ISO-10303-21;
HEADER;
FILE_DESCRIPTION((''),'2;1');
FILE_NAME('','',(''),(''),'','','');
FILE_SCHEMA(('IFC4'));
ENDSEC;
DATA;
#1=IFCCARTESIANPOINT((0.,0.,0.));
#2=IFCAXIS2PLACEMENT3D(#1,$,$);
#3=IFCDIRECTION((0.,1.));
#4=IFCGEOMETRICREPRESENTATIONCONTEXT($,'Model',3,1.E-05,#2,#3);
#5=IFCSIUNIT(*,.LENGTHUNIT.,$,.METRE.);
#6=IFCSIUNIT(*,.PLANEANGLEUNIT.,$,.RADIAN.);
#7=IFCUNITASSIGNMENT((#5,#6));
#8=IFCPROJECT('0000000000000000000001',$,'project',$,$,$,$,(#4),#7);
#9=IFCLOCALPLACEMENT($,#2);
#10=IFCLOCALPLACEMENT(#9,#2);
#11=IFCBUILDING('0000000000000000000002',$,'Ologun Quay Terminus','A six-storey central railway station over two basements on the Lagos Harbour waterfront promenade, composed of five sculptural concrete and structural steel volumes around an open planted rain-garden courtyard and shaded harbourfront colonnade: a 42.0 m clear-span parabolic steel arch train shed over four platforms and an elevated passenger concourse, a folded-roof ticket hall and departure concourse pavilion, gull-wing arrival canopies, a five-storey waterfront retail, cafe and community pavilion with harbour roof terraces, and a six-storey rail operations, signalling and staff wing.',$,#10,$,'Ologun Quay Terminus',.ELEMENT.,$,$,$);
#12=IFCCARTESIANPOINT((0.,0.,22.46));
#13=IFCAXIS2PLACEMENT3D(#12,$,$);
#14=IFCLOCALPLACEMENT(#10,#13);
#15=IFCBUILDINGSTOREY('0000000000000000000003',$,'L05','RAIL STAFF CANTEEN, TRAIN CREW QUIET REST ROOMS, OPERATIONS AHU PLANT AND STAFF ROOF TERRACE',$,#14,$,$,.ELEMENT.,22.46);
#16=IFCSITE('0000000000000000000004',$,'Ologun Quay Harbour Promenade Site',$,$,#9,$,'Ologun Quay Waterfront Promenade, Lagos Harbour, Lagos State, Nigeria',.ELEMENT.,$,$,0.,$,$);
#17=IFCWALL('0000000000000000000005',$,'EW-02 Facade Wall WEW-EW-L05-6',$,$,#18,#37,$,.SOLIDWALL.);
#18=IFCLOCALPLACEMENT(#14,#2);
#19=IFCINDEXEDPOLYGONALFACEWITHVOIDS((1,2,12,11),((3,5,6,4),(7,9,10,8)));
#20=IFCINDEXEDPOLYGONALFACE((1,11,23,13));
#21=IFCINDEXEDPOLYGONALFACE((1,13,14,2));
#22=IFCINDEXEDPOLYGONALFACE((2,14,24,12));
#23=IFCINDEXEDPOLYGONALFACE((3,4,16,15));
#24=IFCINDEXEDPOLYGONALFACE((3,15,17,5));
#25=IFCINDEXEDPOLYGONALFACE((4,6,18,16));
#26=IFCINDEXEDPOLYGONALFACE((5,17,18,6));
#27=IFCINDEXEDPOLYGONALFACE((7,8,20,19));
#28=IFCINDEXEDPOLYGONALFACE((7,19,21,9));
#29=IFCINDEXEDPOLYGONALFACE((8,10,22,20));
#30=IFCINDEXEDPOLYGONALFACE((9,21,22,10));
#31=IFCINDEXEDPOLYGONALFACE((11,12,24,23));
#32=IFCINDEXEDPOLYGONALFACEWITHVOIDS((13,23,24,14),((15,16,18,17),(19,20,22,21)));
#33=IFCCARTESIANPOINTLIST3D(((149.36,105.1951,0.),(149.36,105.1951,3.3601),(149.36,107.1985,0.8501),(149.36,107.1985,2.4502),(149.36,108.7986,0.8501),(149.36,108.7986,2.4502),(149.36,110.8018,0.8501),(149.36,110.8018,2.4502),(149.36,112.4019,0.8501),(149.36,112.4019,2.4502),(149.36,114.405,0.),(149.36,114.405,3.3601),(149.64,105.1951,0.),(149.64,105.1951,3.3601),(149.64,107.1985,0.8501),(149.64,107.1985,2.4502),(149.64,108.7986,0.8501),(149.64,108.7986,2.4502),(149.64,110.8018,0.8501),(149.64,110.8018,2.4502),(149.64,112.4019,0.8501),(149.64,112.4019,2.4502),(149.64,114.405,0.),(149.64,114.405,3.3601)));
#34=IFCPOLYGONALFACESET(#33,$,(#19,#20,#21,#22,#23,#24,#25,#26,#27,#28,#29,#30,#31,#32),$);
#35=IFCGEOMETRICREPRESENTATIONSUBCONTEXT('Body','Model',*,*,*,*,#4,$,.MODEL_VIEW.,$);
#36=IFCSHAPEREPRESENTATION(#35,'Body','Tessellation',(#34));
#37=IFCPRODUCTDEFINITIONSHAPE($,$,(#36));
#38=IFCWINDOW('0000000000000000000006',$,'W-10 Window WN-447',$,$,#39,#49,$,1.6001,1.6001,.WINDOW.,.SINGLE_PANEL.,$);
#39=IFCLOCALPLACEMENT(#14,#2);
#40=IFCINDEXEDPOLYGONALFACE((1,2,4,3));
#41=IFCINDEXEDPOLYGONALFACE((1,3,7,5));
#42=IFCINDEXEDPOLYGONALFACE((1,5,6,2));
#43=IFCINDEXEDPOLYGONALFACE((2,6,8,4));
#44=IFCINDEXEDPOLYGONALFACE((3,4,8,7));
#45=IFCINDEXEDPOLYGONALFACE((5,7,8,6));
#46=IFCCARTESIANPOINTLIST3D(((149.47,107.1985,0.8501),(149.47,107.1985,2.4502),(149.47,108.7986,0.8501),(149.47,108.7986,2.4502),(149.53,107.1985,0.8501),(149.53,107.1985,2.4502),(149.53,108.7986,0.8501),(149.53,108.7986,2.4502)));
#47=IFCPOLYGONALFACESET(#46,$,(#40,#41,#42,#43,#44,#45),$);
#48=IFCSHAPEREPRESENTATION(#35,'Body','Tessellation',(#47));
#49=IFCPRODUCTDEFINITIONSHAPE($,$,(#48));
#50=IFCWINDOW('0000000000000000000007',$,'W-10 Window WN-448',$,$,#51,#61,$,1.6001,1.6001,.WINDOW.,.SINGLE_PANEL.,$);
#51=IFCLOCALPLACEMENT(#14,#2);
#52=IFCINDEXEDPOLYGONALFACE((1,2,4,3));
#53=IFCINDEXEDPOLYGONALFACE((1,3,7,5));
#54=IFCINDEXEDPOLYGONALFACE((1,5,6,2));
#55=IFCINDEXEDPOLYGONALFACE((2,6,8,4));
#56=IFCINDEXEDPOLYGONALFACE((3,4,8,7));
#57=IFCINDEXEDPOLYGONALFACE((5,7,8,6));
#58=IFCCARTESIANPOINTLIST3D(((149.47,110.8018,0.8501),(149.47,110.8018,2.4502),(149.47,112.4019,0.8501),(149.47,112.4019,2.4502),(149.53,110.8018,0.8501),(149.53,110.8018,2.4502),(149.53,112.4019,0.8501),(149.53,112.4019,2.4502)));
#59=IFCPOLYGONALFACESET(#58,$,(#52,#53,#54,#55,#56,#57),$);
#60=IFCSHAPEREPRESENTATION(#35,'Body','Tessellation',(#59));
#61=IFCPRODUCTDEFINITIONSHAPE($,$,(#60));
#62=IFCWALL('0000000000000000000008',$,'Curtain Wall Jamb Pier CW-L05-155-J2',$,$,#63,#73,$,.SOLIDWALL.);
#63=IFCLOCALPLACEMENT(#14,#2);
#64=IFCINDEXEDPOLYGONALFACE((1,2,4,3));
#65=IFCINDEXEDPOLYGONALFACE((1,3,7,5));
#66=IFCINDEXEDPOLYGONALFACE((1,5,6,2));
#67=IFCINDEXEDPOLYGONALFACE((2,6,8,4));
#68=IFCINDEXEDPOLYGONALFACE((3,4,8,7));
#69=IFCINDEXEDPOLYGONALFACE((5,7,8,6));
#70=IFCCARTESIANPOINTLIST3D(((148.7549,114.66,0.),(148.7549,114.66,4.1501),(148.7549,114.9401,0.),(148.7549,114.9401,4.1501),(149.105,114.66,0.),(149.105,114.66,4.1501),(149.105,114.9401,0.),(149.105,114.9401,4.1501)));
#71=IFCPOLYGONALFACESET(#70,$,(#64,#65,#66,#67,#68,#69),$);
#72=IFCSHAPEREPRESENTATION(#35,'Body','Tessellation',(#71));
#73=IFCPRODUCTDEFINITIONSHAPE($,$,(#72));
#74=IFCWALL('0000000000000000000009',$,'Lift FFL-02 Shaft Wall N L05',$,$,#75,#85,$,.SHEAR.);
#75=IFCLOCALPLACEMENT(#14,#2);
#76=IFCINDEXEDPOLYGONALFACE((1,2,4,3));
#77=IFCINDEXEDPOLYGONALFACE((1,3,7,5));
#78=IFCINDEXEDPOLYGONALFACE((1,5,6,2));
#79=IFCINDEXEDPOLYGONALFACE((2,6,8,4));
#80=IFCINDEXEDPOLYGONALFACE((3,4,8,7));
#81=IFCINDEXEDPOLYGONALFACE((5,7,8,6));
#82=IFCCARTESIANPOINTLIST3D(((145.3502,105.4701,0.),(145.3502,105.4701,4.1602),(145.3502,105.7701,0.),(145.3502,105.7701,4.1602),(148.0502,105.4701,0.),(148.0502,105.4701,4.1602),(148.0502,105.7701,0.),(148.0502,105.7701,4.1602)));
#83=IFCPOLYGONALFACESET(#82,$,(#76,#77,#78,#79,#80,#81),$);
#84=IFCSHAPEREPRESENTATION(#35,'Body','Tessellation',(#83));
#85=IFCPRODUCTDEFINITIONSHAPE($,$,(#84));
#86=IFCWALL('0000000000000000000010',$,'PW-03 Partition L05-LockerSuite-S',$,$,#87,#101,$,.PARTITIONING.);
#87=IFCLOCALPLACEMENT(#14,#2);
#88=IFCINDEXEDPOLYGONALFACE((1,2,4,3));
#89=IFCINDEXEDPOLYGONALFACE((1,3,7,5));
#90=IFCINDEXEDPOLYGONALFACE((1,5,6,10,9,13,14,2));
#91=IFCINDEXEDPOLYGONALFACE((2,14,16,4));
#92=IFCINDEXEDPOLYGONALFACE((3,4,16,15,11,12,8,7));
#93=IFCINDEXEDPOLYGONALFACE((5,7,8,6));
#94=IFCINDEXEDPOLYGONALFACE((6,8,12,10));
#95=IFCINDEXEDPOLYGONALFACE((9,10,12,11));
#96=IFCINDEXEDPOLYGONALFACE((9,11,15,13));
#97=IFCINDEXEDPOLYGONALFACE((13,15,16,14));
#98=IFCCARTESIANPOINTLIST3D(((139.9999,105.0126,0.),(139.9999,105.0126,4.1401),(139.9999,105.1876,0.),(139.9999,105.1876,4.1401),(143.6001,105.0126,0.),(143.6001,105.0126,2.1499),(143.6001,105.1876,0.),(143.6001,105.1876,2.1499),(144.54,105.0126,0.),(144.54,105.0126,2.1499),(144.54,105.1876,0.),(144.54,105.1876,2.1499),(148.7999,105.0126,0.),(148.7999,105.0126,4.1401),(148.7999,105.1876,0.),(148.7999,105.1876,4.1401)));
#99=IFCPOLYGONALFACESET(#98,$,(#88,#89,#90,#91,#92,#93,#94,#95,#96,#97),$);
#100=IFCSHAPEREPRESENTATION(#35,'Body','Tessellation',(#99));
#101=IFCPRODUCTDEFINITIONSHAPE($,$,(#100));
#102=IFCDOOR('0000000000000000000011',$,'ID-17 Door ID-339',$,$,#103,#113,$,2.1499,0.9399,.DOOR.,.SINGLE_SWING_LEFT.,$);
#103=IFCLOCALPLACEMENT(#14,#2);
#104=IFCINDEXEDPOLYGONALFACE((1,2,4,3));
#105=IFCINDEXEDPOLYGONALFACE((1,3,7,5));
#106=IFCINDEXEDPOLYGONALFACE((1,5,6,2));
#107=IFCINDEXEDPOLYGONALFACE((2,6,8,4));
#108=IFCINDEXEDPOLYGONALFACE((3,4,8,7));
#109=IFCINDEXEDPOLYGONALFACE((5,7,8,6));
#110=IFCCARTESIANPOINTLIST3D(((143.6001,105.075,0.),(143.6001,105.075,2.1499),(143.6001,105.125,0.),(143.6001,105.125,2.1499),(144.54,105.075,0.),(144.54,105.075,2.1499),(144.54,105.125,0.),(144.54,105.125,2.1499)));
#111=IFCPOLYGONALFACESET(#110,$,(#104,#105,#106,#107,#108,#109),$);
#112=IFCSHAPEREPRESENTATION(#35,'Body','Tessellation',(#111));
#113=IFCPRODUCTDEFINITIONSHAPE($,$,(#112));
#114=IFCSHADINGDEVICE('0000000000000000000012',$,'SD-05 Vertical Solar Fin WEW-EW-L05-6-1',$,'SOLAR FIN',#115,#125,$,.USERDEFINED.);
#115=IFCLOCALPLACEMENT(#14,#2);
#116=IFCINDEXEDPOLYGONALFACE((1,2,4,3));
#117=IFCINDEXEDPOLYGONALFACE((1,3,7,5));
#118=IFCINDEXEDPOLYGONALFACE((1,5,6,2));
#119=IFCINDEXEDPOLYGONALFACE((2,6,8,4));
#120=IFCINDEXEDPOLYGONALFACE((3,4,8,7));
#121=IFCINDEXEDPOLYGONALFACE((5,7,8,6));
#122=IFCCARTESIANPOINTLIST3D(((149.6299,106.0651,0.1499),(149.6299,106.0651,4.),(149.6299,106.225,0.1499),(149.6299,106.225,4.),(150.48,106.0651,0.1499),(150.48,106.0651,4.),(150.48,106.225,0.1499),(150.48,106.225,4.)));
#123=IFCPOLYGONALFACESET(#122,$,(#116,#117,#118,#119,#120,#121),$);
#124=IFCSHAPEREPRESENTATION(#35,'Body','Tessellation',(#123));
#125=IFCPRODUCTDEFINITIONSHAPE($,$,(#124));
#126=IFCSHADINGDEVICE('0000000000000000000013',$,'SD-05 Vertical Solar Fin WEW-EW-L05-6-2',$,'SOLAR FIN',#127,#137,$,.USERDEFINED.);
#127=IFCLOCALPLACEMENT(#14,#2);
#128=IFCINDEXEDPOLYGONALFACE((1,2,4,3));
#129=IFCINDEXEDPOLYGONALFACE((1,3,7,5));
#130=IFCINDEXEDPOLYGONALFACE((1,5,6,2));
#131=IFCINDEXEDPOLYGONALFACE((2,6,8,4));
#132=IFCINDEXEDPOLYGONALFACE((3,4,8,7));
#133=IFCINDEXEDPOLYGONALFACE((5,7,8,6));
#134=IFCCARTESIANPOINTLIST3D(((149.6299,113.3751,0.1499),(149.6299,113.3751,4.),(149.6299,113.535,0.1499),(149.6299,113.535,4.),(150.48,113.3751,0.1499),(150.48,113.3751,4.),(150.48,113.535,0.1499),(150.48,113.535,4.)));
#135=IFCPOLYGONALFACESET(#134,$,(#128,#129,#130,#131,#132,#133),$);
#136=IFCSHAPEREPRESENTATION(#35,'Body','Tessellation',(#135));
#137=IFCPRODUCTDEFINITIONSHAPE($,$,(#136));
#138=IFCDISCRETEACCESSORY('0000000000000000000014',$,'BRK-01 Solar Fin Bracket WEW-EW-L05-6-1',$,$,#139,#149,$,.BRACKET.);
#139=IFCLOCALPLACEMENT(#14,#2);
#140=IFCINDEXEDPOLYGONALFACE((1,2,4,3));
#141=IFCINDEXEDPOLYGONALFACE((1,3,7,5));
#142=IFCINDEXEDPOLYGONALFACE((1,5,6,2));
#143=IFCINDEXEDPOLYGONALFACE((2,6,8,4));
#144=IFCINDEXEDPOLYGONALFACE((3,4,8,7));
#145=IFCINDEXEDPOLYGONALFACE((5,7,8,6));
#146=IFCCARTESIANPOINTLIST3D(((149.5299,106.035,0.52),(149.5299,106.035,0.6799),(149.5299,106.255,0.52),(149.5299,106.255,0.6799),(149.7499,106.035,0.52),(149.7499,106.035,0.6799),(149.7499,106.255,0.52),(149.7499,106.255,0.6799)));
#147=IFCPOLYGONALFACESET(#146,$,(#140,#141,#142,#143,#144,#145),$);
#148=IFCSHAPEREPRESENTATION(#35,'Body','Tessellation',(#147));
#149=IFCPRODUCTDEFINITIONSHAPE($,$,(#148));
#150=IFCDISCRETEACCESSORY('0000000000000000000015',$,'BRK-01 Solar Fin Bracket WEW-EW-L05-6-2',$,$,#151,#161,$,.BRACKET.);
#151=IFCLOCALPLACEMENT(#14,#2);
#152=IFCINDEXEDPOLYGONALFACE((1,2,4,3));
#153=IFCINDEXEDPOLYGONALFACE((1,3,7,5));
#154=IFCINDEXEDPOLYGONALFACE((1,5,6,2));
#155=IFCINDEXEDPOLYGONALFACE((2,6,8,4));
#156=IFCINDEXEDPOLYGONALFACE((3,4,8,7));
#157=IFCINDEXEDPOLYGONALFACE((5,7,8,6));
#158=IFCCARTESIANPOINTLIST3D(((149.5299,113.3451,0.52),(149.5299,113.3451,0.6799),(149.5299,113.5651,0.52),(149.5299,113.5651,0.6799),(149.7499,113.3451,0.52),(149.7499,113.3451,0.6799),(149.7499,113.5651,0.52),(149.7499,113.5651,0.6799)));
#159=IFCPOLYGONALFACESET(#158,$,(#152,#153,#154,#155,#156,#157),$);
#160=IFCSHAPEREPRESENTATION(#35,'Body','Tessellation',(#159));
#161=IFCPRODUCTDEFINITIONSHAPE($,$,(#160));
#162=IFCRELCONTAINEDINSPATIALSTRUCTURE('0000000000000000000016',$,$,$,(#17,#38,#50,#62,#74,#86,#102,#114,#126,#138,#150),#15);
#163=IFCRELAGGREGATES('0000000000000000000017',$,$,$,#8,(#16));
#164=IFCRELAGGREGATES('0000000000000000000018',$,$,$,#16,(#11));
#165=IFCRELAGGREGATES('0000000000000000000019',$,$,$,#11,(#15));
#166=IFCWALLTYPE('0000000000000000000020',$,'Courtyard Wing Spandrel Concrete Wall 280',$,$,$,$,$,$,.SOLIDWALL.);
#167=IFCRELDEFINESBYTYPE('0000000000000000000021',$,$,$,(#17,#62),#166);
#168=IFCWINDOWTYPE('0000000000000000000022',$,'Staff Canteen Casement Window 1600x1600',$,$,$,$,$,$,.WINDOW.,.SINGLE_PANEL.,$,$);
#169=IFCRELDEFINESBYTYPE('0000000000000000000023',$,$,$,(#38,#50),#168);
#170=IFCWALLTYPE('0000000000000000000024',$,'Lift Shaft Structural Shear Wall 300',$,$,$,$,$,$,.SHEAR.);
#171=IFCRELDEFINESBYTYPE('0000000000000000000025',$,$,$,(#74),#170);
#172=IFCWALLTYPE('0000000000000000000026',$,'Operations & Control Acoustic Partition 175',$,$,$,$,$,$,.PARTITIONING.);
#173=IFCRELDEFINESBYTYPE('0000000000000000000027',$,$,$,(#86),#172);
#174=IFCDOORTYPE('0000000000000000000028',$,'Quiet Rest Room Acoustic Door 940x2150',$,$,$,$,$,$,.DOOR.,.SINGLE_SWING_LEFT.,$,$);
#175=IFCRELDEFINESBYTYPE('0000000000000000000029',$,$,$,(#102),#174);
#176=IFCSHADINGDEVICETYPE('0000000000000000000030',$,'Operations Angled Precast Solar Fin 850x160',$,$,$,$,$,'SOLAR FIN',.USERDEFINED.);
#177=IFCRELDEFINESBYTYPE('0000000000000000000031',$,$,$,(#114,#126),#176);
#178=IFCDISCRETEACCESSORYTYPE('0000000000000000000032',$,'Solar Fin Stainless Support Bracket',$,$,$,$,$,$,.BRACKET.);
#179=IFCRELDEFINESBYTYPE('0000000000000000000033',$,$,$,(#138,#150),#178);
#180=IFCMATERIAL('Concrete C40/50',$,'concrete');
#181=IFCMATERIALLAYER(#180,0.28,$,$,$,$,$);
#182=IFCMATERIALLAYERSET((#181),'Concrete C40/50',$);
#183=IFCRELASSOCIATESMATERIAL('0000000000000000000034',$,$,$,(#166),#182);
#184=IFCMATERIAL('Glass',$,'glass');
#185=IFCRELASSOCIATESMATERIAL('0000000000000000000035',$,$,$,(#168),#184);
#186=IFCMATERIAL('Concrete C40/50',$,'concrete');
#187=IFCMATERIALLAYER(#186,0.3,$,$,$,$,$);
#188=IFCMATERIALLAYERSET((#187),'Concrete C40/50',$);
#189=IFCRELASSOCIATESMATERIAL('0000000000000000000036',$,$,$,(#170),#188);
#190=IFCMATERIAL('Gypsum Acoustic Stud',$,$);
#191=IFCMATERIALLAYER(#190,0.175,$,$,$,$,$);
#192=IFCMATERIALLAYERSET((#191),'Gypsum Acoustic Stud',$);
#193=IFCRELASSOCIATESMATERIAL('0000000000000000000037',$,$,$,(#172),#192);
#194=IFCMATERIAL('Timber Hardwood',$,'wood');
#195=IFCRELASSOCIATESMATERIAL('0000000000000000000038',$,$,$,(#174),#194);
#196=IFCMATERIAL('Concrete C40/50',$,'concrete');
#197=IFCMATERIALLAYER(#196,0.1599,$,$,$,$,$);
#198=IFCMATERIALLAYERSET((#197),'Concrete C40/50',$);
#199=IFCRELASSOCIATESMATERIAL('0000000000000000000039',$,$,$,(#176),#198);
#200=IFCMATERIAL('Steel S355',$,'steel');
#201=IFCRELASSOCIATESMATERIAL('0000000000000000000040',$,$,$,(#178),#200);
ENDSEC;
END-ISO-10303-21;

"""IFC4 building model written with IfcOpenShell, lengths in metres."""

from ifc_helpers import new_model, si_unit, direction, frame, frame_2d, origin, origin_2d, place, context, subcontext, project, spatial, rectangle, extrude, material, layer, layer_set, type_object, element, fill, save


model = new_model("IFC4")

# Units and contexts
model_context = context("Model", 3, precision=1e-05, world=origin(), true_north=direction((0.0, 1.0)))
body_context = subcontext(model_context, "Body", "Model", "MODEL_VIEW")
ifc_project = project(units=[si_unit("LENGTHUNIT", "METRE"), si_unit("PLANEANGLEUNIT", "RADIAN")], contexts=[model_context])

# Site, building, storey
site_placement = place(None, origin())
site = spatial("IfcSite", under=ifc_project, at=site_placement, Name="Ologun Quay Harbour Promenade Site", LongName="Ologun Quay Waterfront Promenade, Lagos Harbour, Lagos State, Nigeria", CompositionType="ELEMENT", RefElevation=0.0)
building_placement = place(site_placement, origin())
building = spatial("IfcBuilding", under=site, at=building_placement, Name="Ologun Quay Terminus", Description="A six-storey central railway station over two basements on the Lagos Harbour waterfront promenade, composed of five sculptural concrete and structural steel volumes around an open planted rain-garden courtyard and shaded harbourfront colonnade: a 42.0 m clear-span parabolic steel arch train shed over four platforms and an elevated passenger concourse, a folded-roof ticket hall and departure concourse pavilion, gull-wing arrival canopies, a five-storey waterfront retail, cafe and community pavilion with harbour roof terraces, and a six-storey rail operations, signalling and staff wing.", LongName="Ologun Quay Terminus", CompositionType="ELEMENT")
storey_placement = place(building_placement, frame((0.0, 0.0, 22.46)))
storey = spatial("IfcBuildingStorey", under=building, at=storey_placement, Name="L05", Description="RAIL STAFF CANTEEN, TRAIN CREW QUIET REST ROOMS, OPERATIONS AHU PLANT AND STAFF ROOF TERRACE", CompositionType="ELEMENT", Elevation=22.46)

# Wall, openings, windows
ifc_material_1 = material(Name="Concrete C40/50", Category="concrete")
ifc_layer_1 = layer(ifc_material_1, 0.28)
ifc_layer_set_1 = layer_set([ifc_layer_1], Name="Concrete C40/50")
wall_type_1 = type_object("IfcWallType", Name="Courtyard Wing Spandrel Concrete Wall 280", PredefinedType="SOLIDWALL", material=ifc_layer_set_1)
wall_1_placement = place(storey_placement, frame((149.5, 105.1951, 0.0), z_axis=(0.0, 0.0, 1.0), x_axis=(0.0, 1.0, 0.0)))
wall_1 = element("IfcWall", 1, at=wall_1_placement, inside=storey, type_object=wall_type_1, Name="EW-02 Facade Wall WEW-EW-L05-6", PredefinedType="SOLIDWALL", context=body_context, shape_type="SweptSolid", body=[
    extrude(rectangle(XDim=9.21, YDim=0.28, at=frame_2d((4.605, 0.0))), origin(), (0.0, 0.0, 1.0), 3.3601),
])
opening_1_placement = place(wall_1_placement, frame((2.0034, 0.0, 0.8501)))
opening_1 = element("IfcOpeningElement", 2, at=opening_1_placement, cuts=wall_1, PredefinedType="OPENING", context=body_context, shape_type="SweptSolid", body=[
    extrude(rectangle(XDim=1.6001, YDim=1.6001, at=frame_2d((0.8, 0.8))), frame((0.0, 0.1499, 0.0), z_axis=(0.0, -1.0, 0.0), x_axis=(1.0, 0.0, 0.0)), (0.0, 0.0, 1.0), 0.3),
])
opening_2_placement = place(wall_1_placement, frame((5.6067, 0.0, 0.8501)))
opening_2 = element("IfcOpeningElement", 3, at=opening_2_placement, cuts=wall_1, PredefinedType="OPENING", context=body_context, shape_type="SweptSolid", body=[
    extrude(rectangle(XDim=1.6001, YDim=1.6001, at=frame_2d((0.8, 0.8))), frame((0.0, 0.1499, 0.0), z_axis=(0.0, -1.0, 0.0), x_axis=(1.0, 0.0, 0.0)), (0.0, 0.0, 1.0), 0.3),
])
ifc_material_2 = material(Name="Glass", Category="glass")
window_type = type_object("IfcWindowType", Name="Staff Canteen Casement Window 1600x1600", PartitioningType="SINGLE_PANEL", PredefinedType="WINDOW", material=ifc_material_2)
window_1_placement = place(opening_1_placement, origin())
window_1 = element("IfcWindow", 4, at=window_1_placement, inside=storey, type_object=window_type, Name="W-10 Window WN-447", OverallHeight=1.6001, OverallWidth=1.6001, PartitioningType="SINGLE_PANEL", PredefinedType="WINDOW", context=body_context, shape_type="SweptSolid", body=[
    extrude(rectangle(XDim=1.6001, YDim=1.6001, at=frame_2d((0.8, 0.8))), frame((0.0, 0.03, 0.0), z_axis=(0.0, -1.0, 0.0), x_axis=(1.0, 0.0, 0.0)), (0.0, 0.0, 1.0), 0.0601),
])
fill(opening_1, window_1)
window_2_placement = place(opening_2_placement, origin())
window_2 = element("IfcWindow", 5, at=window_2_placement, inside=storey, type_object=window_type, Name="W-10 Window WN-448", OverallHeight=1.6001, OverallWidth=1.6001, PartitioningType="SINGLE_PANEL", PredefinedType="WINDOW", context=body_context, shape_type="SweptSolid", body=[
    extrude(rectangle(XDim=1.6001, YDim=1.6001, at=frame_2d((0.8, 0.8))), frame((0.0, 0.03, 0.0), z_axis=(0.0, -1.0, 0.0), x_axis=(1.0, 0.0, 0.0)), (0.0, 0.0, 1.0), 0.0601),
])
fill(opening_2, window_2)

# Walls
wall_2_placement = place(storey_placement, frame((148.7549, 114.8, 0.0), z_axis=(0.0, 0.0, 1.0), x_axis=(1.0, 0.0, 0.0)))
element("IfcWall", 6, at=wall_2_placement, inside=storey, type_object=wall_type_1, Name="Curtain Wall Jamb Pier CW-L05-155-J2", PredefinedType="SOLIDWALL", context=body_context, shape_type="SweptSolid", body=[
    extrude(rectangle(XDim=0.3501, YDim=0.28, at=frame_2d((0.175, 0.0))), origin(), (0.0, 0.0, 1.0), 4.1501),
])
ifc_material_3 = material(Name="Concrete C40/50", Category="concrete")
ifc_layer_2 = layer(ifc_material_3, 0.3)
ifc_layer_set_2 = layer_set([ifc_layer_2], Name="Concrete C40/50")
wall_type_2 = type_object("IfcWallType", Name="Lift Shaft Structural Shear Wall 300", PredefinedType="SHEAR", material=ifc_layer_set_2)
wall_3_placement = place(storey_placement, frame((145.3501, 105.6201, 0.0), z_axis=(0.0, 0.0, 1.0), x_axis=(1.0, 0.0, 0.0)))
element("IfcWall", 7, at=wall_3_placement, inside=storey, type_object=wall_type_2, Name="Lift FFL-02 Shaft Wall N L05", PredefinedType="SHEAR", context=body_context, shape_type="SweptSolid", body=[
    extrude(rectangle(XDim=2.7, YDim=0.3, at=frame_2d((1.3501, 0.0))), origin(), (0.0, 0.0, 1.0), 4.1602),
])

# Wall, opening, door
ifc_material_4 = material(Name="Gypsum Acoustic Stud")
ifc_layer_3 = layer(ifc_material_4, 0.175)
ifc_layer_set_3 = layer_set([ifc_layer_3], Name="Gypsum Acoustic Stud")
wall_type_3 = type_object("IfcWallType", Name="Operations & Control Acoustic Partition 175", PredefinedType="PARTITIONING", material=ifc_layer_set_3)
wall_4_placement = place(storey_placement, frame((140.0, 105.1001, 0.0), z_axis=(0.0, 0.0, 1.0), x_axis=(1.0, 0.0, 0.0)))
wall_4 = element("IfcWall", 8, at=wall_4_placement, inside=storey, type_object=wall_type_3, Name="PW-03 Partition L05-LockerSuite-S", PredefinedType="PARTITIONING", context=body_context, shape_type="SweptSolid", body=[
    extrude(rectangle(XDim=8.8, YDim=0.175, at=frame_2d((4.3999, 0.0))), origin(), (0.0, 0.0, 1.0), 4.1401),
])
opening_3_placement = place(wall_4_placement, frame((3.6001, 0.0, 0.0)))
opening_3 = element("IfcOpeningElement", 9, at=opening_3_placement, cuts=wall_4, PredefinedType="OPENING", context=body_context, shape_type="SweptSolid", body=[
    extrude(rectangle(XDim=0.9399, YDim=2.1499, at=frame_2d((0.47, 1.075))), frame((0.0, 0.0977, 0.0), z_axis=(0.0, -1.0, 0.0), x_axis=(1.0, 0.0, 0.0)), (0.0, 0.0, 1.0), 0.1951),
])
ifc_material_5 = material(Name="Timber Hardwood", Category="wood")
door_type = type_object("IfcDoorType", Name="Quiet Rest Room Acoustic Door 940x2150", OperationType="SINGLE_SWING_LEFT", PredefinedType="DOOR", material=ifc_material_5)
door_placement = place(opening_3_placement, origin())
door = element("IfcDoor", 10, at=door_placement, inside=storey, type_object=door_type, Name="ID-17 Door ID-339", OperationType="SINGLE_SWING_LEFT", OverallHeight=2.1499, OverallWidth=0.9399, PredefinedType="DOOR", context=body_context, shape_type="SweptSolid", body=[
    extrude(rectangle(XDim=0.9399, YDim=2.1499, at=frame_2d((0.47, 1.075))), frame((0.0, 0.0249, 0.0), z_axis=(0.0, -1.0, 0.0), x_axis=(1.0, 0.0, 0.0)), (0.0, 0.0, 1.0), 0.05),
])
fill(opening_3, door)

# Shading devices
ifc_material_6 = material(Name="Concrete C40/50", Category="concrete")
ifc_layer_4 = layer(ifc_material_6, 0.1599)
ifc_layer_set_4 = layer_set([ifc_layer_4], Name="Concrete C40/50")
shading_device_type = type_object("IfcShadingDeviceType", Name="Operations Angled Precast Solar Fin 850x160", ElementType="SOLAR FIN", PredefinedType="USERDEFINED", material=ifc_layer_set_4)
for number, where, z_axis, x_axis, name in (
    (11, (150.0549, 106.145, 0.1499), (0.0, 0.0, 1.0), (1.0, 0.0, 0.0), "SD-05 Vertical Solar Fin WEW-EW-L05-6-1"),
    (12, (150.0549, 113.4551, 0.1499), (0.0, 0.0, 1.0), (1.0, 0.0, 0.0), "SD-05 Vertical Solar Fin WEW-EW-L05-6-2"),
):
    element("IfcShadingDevice", number, at=place(storey_placement, frame(where, z_axis=z_axis, x_axis=x_axis)), inside=storey, type_object=shading_device_type, Name=name, ObjectType="SOLAR FIN", PredefinedType="USERDEFINED", context=body_context, shape_type="SweptSolid", body=[
        extrude(rectangle(XDim=0.8501, YDim=0.1599, at=origin_2d()), origin(), (0.0, 0.0, 1.0), 3.8501),
    ])

# Discrete accessories
ifc_material_7 = material(Name="Steel S355", Category="steel")
discrete_accessory_type = type_object("IfcDiscreteAccessoryType", Name="Solar Fin Stainless Support Bracket", PredefinedType="BRACKET", material=ifc_material_7)
for number, where, z_axis, x_axis, name in (
    (13, (149.6399, 106.145, 0.52), (0.0, 0.0, 1.0), (1.0, 0.0, 0.0), "BRK-01 Solar Fin Bracket WEW-EW-L05-6-1"),
    (14, (149.6399, 113.4551, 0.52), (0.0, 0.0, 1.0), (1.0, 0.0, 0.0), "BRK-01 Solar Fin Bracket WEW-EW-L05-6-2"),
):
    element("IfcDiscreteAccessory", number, at=place(storey_placement, frame(where, z_axis=z_axis, x_axis=x_axis)), inside=storey, type_object=discrete_accessory_type, Name=name, PredefinedType="BRACKET", context=body_context, shape_type="SweptSolid", body=[
        extrude(rectangle(XDim=0.22, YDim=0.22, at=origin_2d()), origin(), (0.0, 0.0, 1.0), 0.1599),
    ])

save(model, "model.ifc")
